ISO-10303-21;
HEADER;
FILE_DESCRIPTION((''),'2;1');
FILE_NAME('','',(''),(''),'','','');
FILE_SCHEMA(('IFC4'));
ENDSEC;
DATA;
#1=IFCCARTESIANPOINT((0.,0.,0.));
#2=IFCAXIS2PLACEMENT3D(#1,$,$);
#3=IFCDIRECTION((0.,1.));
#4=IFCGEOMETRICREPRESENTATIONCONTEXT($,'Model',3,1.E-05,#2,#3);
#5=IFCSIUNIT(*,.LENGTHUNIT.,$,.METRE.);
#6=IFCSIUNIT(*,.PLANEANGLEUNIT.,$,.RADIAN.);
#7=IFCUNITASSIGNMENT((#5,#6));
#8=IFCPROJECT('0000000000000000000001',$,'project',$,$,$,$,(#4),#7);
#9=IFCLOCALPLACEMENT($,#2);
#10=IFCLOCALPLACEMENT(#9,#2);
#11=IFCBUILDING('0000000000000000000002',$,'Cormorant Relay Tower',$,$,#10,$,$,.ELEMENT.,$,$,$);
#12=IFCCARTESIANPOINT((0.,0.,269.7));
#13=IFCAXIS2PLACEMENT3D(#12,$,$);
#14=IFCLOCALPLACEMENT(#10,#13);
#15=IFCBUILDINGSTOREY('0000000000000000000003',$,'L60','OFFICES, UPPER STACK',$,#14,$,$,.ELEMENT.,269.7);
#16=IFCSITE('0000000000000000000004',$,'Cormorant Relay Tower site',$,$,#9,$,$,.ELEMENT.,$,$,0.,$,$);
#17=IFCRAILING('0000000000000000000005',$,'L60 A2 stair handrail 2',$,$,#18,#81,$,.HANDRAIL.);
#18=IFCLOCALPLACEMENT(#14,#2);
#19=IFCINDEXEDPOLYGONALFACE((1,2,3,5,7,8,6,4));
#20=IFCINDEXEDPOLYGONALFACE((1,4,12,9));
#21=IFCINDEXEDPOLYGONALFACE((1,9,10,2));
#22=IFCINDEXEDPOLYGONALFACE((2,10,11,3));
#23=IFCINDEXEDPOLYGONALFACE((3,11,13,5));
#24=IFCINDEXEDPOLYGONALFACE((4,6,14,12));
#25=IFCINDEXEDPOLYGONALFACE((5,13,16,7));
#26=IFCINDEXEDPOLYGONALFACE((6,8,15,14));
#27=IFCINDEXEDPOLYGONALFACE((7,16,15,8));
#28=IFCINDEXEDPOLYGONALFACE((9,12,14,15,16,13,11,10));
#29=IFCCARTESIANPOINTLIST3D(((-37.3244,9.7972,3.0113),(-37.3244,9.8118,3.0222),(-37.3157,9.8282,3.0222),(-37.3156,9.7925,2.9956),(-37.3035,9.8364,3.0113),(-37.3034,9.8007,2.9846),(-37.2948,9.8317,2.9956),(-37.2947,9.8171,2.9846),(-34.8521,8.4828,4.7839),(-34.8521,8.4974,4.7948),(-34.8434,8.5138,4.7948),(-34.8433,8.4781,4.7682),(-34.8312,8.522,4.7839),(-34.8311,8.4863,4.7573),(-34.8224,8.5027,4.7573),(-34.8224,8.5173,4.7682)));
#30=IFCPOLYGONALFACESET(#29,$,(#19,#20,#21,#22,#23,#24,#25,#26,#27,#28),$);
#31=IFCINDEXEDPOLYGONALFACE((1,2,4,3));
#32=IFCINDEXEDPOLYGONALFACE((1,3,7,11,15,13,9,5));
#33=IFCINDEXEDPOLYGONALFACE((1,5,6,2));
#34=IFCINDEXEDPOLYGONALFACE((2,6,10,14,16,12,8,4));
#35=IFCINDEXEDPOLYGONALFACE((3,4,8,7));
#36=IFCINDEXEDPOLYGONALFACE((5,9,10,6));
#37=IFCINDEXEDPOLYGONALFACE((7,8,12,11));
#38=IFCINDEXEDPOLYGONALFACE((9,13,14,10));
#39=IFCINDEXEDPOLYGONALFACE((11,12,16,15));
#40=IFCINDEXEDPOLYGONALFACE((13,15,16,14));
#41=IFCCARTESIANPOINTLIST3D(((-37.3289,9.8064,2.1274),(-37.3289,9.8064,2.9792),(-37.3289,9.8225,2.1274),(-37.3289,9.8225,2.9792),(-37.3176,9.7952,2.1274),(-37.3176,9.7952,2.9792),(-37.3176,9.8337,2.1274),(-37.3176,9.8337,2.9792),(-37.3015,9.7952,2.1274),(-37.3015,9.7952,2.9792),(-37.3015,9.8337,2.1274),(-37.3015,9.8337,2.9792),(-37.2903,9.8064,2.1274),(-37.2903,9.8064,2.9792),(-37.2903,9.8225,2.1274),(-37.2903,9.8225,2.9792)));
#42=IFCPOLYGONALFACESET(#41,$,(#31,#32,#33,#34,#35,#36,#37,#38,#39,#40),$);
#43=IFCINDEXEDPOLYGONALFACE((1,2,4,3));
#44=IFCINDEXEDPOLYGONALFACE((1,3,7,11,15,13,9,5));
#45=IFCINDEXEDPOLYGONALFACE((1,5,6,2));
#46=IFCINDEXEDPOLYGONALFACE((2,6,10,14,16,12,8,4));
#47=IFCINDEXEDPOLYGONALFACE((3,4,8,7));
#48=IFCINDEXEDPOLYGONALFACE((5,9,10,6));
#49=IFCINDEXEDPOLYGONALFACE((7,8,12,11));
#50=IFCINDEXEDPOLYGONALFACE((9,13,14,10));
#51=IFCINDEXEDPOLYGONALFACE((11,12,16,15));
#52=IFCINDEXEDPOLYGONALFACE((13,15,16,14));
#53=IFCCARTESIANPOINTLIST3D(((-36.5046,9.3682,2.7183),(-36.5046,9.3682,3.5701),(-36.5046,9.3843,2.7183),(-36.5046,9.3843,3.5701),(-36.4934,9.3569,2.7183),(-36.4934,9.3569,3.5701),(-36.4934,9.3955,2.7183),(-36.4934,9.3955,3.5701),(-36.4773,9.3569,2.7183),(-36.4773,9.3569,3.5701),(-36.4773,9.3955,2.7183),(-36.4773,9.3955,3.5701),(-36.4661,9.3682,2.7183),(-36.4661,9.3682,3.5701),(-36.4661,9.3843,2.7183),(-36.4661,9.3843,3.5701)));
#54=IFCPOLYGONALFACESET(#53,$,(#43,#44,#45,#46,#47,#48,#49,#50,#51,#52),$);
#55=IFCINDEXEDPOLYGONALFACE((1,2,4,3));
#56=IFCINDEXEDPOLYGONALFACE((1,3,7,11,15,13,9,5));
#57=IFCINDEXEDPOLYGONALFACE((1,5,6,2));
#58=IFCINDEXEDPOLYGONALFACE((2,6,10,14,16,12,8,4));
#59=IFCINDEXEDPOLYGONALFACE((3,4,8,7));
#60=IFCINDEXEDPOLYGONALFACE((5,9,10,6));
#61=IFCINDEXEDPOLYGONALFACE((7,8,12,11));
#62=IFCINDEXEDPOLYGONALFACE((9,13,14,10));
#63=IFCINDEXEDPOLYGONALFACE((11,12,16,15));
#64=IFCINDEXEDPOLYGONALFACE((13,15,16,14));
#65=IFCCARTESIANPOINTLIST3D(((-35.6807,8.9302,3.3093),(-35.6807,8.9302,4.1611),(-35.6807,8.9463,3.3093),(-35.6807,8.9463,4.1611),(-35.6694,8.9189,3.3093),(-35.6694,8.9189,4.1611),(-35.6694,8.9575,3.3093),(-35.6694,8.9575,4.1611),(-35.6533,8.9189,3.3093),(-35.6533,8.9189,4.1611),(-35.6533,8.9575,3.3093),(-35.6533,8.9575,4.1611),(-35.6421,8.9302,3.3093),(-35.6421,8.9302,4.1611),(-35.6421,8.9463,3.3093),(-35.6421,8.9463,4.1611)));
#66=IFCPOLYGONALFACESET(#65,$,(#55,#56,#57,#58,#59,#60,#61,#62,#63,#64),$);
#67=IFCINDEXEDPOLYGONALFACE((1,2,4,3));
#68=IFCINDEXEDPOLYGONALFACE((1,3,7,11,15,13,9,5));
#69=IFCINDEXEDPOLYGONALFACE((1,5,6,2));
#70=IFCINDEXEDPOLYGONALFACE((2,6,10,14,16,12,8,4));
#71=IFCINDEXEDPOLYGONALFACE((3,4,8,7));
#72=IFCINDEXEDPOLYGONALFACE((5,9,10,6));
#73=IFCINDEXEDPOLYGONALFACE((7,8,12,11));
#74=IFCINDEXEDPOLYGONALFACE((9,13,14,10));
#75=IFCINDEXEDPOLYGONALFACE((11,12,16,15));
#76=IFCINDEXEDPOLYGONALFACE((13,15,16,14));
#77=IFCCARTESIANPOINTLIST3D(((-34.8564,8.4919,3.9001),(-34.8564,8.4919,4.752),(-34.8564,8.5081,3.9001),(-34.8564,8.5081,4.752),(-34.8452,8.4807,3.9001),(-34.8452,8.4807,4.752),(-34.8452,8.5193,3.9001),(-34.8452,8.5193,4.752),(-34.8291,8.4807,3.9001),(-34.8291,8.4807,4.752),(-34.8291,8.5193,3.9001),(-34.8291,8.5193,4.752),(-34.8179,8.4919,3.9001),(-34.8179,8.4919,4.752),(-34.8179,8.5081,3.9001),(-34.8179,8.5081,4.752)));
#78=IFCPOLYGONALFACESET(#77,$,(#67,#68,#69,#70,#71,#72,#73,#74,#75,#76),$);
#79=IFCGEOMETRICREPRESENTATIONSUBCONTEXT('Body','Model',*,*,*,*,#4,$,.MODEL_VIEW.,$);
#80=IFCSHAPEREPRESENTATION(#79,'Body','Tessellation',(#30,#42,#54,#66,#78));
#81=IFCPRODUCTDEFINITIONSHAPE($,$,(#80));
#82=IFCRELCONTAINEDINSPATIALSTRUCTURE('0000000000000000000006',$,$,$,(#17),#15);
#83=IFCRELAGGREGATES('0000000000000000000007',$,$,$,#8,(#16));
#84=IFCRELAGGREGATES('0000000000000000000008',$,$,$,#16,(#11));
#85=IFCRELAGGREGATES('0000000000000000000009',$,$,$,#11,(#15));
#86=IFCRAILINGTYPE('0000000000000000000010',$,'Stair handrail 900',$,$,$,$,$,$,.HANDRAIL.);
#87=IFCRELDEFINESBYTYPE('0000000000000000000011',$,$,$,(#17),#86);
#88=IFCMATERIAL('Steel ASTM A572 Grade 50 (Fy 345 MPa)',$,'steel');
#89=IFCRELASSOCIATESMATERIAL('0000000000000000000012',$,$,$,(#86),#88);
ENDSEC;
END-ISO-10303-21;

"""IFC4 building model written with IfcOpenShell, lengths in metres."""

from ifc_helpers import new_model, si_unit, direction, frame, origin, place, context, subcontext, project, spatial, polyline, outline, extrude, material, type_object, element, save


model = new_model("IFC4")

# Units and contexts
model_context = context("Model", 3, precision=1e-05, world=origin(), true_north=direction((0.0, 1.0)))
body_context = subcontext(model_context, "Body", "Model", "MODEL_VIEW")
ifc_project = project(units=[si_unit("LENGTHUNIT", "METRE"), si_unit("PLANEANGLEUNIT", "RADIAN")], contexts=[model_context])

# Site, building, storey
site_placement = place(None, origin())
site = spatial("IfcSite", under=ifc_project, at=site_placement, Name="Cormorant Relay Tower site", CompositionType="ELEMENT", RefElevation=0.0)
building_placement = place(site_placement, origin())
building = spatial("IfcBuilding", under=site, at=building_placement, Name="Cormorant Relay Tower", CompositionType="ELEMENT")
storey_placement = place(building_placement, frame((0.0, 0.0, 269.7)))
storey = spatial("IfcBuildingStorey", under=building, at=storey_placement, Name="L60", Description="OFFICES, UPPER STACK", CompositionType="ELEMENT", Elevation=269.7)

# Railing
ifc_material_1 = material(Name="Steel ASTM A572 Grade 50 (Fy 345 MPa)", Category="steel")
railing_type_1 = type_object("IfcRailingType", Name="Stair handrail 900", PredefinedType="HANDRAIL", material=ifc_material_1)
railing_1_placement = place(storey_placement, frame((-37.3096, 9.8145, 2.1274)))
element("IfcRailing", 1, at=railing_1_placement, inside=storey, type_object=railing_type_1, Name="L60 A2 stair handrail 2", PredefinedType="HANDRAIL", context=body_context, shape_type="SweptSolid", body=[
    extrude(outline(polyline([(0.0222, 0.0093), (0.0093, 0.0222), (-0.0093, 0.0222), (-0.0222, 0.0093), (-0.0222, -0.0093), (-0.0093, -0.0222), (0.0093, -0.0222), (0.0222, -0.0093), (0.0222, 0.0093)])), frame((0.0, 0.0, 0.876), z_axis=(0.746034, -0.396627, 0.534902), x_axis=(0.469429, 0.88297, 0.0)), (0.0, 0.0, 1.0), 3.314),
    extrude(outline(polyline([(0.0193, 0.0081), (0.0081, 0.0193), (-0.0081, 0.0193), (-0.0193, 0.0081), (-0.0193, -0.0081), (-0.0081, -0.0193), (0.0081, -0.0193), (0.0193, -0.0081), (0.0193, 0.0081)])), origin(), (0.0, 0.0, 1.0), 0.8518),
    extrude(outline(polyline([(0.0193, 0.0081), (0.0081, 0.0193), (-0.0081, 0.0193), (-0.0193, 0.0081), (-0.0193, -0.0081), (-0.0081, -0.0193), (0.0081, -0.0193), (0.0193, -0.0081), (0.0193, 0.0081)])), frame((0.8242, -0.4382, 0.5908)), (0.0, 0.0, 1.0), 0.8518),
    extrude(outline(polyline([(0.0193, 0.0081), (0.0081, 0.0193), (-0.0081, 0.0193), (-0.0193, 0.0081), (-0.0193, -0.0081), (-0.0081, -0.0193), (0.0081, -0.0193), (0.0193, -0.0081), (0.0193, 0.0081)])), frame((1.6482, -0.8762, 1.1819)), (0.0, 0.0, 1.0), 0.8518),
    extrude(outline(polyline([(0.0193, 0.0081), (0.0081, 0.0193), (-0.0081, 0.0193), (-0.0193, 0.0081), (-0.0193, -0.0081), (-0.0081, -0.0193), (0.0081, -0.0193), (0.0193, -0.0081), (0.0193, 0.0081)])), frame((2.4724, -1.3145, 1.7727)), (0.0, 0.0, 1.0), 0.8518),
])

save(model, "model.ifc")
